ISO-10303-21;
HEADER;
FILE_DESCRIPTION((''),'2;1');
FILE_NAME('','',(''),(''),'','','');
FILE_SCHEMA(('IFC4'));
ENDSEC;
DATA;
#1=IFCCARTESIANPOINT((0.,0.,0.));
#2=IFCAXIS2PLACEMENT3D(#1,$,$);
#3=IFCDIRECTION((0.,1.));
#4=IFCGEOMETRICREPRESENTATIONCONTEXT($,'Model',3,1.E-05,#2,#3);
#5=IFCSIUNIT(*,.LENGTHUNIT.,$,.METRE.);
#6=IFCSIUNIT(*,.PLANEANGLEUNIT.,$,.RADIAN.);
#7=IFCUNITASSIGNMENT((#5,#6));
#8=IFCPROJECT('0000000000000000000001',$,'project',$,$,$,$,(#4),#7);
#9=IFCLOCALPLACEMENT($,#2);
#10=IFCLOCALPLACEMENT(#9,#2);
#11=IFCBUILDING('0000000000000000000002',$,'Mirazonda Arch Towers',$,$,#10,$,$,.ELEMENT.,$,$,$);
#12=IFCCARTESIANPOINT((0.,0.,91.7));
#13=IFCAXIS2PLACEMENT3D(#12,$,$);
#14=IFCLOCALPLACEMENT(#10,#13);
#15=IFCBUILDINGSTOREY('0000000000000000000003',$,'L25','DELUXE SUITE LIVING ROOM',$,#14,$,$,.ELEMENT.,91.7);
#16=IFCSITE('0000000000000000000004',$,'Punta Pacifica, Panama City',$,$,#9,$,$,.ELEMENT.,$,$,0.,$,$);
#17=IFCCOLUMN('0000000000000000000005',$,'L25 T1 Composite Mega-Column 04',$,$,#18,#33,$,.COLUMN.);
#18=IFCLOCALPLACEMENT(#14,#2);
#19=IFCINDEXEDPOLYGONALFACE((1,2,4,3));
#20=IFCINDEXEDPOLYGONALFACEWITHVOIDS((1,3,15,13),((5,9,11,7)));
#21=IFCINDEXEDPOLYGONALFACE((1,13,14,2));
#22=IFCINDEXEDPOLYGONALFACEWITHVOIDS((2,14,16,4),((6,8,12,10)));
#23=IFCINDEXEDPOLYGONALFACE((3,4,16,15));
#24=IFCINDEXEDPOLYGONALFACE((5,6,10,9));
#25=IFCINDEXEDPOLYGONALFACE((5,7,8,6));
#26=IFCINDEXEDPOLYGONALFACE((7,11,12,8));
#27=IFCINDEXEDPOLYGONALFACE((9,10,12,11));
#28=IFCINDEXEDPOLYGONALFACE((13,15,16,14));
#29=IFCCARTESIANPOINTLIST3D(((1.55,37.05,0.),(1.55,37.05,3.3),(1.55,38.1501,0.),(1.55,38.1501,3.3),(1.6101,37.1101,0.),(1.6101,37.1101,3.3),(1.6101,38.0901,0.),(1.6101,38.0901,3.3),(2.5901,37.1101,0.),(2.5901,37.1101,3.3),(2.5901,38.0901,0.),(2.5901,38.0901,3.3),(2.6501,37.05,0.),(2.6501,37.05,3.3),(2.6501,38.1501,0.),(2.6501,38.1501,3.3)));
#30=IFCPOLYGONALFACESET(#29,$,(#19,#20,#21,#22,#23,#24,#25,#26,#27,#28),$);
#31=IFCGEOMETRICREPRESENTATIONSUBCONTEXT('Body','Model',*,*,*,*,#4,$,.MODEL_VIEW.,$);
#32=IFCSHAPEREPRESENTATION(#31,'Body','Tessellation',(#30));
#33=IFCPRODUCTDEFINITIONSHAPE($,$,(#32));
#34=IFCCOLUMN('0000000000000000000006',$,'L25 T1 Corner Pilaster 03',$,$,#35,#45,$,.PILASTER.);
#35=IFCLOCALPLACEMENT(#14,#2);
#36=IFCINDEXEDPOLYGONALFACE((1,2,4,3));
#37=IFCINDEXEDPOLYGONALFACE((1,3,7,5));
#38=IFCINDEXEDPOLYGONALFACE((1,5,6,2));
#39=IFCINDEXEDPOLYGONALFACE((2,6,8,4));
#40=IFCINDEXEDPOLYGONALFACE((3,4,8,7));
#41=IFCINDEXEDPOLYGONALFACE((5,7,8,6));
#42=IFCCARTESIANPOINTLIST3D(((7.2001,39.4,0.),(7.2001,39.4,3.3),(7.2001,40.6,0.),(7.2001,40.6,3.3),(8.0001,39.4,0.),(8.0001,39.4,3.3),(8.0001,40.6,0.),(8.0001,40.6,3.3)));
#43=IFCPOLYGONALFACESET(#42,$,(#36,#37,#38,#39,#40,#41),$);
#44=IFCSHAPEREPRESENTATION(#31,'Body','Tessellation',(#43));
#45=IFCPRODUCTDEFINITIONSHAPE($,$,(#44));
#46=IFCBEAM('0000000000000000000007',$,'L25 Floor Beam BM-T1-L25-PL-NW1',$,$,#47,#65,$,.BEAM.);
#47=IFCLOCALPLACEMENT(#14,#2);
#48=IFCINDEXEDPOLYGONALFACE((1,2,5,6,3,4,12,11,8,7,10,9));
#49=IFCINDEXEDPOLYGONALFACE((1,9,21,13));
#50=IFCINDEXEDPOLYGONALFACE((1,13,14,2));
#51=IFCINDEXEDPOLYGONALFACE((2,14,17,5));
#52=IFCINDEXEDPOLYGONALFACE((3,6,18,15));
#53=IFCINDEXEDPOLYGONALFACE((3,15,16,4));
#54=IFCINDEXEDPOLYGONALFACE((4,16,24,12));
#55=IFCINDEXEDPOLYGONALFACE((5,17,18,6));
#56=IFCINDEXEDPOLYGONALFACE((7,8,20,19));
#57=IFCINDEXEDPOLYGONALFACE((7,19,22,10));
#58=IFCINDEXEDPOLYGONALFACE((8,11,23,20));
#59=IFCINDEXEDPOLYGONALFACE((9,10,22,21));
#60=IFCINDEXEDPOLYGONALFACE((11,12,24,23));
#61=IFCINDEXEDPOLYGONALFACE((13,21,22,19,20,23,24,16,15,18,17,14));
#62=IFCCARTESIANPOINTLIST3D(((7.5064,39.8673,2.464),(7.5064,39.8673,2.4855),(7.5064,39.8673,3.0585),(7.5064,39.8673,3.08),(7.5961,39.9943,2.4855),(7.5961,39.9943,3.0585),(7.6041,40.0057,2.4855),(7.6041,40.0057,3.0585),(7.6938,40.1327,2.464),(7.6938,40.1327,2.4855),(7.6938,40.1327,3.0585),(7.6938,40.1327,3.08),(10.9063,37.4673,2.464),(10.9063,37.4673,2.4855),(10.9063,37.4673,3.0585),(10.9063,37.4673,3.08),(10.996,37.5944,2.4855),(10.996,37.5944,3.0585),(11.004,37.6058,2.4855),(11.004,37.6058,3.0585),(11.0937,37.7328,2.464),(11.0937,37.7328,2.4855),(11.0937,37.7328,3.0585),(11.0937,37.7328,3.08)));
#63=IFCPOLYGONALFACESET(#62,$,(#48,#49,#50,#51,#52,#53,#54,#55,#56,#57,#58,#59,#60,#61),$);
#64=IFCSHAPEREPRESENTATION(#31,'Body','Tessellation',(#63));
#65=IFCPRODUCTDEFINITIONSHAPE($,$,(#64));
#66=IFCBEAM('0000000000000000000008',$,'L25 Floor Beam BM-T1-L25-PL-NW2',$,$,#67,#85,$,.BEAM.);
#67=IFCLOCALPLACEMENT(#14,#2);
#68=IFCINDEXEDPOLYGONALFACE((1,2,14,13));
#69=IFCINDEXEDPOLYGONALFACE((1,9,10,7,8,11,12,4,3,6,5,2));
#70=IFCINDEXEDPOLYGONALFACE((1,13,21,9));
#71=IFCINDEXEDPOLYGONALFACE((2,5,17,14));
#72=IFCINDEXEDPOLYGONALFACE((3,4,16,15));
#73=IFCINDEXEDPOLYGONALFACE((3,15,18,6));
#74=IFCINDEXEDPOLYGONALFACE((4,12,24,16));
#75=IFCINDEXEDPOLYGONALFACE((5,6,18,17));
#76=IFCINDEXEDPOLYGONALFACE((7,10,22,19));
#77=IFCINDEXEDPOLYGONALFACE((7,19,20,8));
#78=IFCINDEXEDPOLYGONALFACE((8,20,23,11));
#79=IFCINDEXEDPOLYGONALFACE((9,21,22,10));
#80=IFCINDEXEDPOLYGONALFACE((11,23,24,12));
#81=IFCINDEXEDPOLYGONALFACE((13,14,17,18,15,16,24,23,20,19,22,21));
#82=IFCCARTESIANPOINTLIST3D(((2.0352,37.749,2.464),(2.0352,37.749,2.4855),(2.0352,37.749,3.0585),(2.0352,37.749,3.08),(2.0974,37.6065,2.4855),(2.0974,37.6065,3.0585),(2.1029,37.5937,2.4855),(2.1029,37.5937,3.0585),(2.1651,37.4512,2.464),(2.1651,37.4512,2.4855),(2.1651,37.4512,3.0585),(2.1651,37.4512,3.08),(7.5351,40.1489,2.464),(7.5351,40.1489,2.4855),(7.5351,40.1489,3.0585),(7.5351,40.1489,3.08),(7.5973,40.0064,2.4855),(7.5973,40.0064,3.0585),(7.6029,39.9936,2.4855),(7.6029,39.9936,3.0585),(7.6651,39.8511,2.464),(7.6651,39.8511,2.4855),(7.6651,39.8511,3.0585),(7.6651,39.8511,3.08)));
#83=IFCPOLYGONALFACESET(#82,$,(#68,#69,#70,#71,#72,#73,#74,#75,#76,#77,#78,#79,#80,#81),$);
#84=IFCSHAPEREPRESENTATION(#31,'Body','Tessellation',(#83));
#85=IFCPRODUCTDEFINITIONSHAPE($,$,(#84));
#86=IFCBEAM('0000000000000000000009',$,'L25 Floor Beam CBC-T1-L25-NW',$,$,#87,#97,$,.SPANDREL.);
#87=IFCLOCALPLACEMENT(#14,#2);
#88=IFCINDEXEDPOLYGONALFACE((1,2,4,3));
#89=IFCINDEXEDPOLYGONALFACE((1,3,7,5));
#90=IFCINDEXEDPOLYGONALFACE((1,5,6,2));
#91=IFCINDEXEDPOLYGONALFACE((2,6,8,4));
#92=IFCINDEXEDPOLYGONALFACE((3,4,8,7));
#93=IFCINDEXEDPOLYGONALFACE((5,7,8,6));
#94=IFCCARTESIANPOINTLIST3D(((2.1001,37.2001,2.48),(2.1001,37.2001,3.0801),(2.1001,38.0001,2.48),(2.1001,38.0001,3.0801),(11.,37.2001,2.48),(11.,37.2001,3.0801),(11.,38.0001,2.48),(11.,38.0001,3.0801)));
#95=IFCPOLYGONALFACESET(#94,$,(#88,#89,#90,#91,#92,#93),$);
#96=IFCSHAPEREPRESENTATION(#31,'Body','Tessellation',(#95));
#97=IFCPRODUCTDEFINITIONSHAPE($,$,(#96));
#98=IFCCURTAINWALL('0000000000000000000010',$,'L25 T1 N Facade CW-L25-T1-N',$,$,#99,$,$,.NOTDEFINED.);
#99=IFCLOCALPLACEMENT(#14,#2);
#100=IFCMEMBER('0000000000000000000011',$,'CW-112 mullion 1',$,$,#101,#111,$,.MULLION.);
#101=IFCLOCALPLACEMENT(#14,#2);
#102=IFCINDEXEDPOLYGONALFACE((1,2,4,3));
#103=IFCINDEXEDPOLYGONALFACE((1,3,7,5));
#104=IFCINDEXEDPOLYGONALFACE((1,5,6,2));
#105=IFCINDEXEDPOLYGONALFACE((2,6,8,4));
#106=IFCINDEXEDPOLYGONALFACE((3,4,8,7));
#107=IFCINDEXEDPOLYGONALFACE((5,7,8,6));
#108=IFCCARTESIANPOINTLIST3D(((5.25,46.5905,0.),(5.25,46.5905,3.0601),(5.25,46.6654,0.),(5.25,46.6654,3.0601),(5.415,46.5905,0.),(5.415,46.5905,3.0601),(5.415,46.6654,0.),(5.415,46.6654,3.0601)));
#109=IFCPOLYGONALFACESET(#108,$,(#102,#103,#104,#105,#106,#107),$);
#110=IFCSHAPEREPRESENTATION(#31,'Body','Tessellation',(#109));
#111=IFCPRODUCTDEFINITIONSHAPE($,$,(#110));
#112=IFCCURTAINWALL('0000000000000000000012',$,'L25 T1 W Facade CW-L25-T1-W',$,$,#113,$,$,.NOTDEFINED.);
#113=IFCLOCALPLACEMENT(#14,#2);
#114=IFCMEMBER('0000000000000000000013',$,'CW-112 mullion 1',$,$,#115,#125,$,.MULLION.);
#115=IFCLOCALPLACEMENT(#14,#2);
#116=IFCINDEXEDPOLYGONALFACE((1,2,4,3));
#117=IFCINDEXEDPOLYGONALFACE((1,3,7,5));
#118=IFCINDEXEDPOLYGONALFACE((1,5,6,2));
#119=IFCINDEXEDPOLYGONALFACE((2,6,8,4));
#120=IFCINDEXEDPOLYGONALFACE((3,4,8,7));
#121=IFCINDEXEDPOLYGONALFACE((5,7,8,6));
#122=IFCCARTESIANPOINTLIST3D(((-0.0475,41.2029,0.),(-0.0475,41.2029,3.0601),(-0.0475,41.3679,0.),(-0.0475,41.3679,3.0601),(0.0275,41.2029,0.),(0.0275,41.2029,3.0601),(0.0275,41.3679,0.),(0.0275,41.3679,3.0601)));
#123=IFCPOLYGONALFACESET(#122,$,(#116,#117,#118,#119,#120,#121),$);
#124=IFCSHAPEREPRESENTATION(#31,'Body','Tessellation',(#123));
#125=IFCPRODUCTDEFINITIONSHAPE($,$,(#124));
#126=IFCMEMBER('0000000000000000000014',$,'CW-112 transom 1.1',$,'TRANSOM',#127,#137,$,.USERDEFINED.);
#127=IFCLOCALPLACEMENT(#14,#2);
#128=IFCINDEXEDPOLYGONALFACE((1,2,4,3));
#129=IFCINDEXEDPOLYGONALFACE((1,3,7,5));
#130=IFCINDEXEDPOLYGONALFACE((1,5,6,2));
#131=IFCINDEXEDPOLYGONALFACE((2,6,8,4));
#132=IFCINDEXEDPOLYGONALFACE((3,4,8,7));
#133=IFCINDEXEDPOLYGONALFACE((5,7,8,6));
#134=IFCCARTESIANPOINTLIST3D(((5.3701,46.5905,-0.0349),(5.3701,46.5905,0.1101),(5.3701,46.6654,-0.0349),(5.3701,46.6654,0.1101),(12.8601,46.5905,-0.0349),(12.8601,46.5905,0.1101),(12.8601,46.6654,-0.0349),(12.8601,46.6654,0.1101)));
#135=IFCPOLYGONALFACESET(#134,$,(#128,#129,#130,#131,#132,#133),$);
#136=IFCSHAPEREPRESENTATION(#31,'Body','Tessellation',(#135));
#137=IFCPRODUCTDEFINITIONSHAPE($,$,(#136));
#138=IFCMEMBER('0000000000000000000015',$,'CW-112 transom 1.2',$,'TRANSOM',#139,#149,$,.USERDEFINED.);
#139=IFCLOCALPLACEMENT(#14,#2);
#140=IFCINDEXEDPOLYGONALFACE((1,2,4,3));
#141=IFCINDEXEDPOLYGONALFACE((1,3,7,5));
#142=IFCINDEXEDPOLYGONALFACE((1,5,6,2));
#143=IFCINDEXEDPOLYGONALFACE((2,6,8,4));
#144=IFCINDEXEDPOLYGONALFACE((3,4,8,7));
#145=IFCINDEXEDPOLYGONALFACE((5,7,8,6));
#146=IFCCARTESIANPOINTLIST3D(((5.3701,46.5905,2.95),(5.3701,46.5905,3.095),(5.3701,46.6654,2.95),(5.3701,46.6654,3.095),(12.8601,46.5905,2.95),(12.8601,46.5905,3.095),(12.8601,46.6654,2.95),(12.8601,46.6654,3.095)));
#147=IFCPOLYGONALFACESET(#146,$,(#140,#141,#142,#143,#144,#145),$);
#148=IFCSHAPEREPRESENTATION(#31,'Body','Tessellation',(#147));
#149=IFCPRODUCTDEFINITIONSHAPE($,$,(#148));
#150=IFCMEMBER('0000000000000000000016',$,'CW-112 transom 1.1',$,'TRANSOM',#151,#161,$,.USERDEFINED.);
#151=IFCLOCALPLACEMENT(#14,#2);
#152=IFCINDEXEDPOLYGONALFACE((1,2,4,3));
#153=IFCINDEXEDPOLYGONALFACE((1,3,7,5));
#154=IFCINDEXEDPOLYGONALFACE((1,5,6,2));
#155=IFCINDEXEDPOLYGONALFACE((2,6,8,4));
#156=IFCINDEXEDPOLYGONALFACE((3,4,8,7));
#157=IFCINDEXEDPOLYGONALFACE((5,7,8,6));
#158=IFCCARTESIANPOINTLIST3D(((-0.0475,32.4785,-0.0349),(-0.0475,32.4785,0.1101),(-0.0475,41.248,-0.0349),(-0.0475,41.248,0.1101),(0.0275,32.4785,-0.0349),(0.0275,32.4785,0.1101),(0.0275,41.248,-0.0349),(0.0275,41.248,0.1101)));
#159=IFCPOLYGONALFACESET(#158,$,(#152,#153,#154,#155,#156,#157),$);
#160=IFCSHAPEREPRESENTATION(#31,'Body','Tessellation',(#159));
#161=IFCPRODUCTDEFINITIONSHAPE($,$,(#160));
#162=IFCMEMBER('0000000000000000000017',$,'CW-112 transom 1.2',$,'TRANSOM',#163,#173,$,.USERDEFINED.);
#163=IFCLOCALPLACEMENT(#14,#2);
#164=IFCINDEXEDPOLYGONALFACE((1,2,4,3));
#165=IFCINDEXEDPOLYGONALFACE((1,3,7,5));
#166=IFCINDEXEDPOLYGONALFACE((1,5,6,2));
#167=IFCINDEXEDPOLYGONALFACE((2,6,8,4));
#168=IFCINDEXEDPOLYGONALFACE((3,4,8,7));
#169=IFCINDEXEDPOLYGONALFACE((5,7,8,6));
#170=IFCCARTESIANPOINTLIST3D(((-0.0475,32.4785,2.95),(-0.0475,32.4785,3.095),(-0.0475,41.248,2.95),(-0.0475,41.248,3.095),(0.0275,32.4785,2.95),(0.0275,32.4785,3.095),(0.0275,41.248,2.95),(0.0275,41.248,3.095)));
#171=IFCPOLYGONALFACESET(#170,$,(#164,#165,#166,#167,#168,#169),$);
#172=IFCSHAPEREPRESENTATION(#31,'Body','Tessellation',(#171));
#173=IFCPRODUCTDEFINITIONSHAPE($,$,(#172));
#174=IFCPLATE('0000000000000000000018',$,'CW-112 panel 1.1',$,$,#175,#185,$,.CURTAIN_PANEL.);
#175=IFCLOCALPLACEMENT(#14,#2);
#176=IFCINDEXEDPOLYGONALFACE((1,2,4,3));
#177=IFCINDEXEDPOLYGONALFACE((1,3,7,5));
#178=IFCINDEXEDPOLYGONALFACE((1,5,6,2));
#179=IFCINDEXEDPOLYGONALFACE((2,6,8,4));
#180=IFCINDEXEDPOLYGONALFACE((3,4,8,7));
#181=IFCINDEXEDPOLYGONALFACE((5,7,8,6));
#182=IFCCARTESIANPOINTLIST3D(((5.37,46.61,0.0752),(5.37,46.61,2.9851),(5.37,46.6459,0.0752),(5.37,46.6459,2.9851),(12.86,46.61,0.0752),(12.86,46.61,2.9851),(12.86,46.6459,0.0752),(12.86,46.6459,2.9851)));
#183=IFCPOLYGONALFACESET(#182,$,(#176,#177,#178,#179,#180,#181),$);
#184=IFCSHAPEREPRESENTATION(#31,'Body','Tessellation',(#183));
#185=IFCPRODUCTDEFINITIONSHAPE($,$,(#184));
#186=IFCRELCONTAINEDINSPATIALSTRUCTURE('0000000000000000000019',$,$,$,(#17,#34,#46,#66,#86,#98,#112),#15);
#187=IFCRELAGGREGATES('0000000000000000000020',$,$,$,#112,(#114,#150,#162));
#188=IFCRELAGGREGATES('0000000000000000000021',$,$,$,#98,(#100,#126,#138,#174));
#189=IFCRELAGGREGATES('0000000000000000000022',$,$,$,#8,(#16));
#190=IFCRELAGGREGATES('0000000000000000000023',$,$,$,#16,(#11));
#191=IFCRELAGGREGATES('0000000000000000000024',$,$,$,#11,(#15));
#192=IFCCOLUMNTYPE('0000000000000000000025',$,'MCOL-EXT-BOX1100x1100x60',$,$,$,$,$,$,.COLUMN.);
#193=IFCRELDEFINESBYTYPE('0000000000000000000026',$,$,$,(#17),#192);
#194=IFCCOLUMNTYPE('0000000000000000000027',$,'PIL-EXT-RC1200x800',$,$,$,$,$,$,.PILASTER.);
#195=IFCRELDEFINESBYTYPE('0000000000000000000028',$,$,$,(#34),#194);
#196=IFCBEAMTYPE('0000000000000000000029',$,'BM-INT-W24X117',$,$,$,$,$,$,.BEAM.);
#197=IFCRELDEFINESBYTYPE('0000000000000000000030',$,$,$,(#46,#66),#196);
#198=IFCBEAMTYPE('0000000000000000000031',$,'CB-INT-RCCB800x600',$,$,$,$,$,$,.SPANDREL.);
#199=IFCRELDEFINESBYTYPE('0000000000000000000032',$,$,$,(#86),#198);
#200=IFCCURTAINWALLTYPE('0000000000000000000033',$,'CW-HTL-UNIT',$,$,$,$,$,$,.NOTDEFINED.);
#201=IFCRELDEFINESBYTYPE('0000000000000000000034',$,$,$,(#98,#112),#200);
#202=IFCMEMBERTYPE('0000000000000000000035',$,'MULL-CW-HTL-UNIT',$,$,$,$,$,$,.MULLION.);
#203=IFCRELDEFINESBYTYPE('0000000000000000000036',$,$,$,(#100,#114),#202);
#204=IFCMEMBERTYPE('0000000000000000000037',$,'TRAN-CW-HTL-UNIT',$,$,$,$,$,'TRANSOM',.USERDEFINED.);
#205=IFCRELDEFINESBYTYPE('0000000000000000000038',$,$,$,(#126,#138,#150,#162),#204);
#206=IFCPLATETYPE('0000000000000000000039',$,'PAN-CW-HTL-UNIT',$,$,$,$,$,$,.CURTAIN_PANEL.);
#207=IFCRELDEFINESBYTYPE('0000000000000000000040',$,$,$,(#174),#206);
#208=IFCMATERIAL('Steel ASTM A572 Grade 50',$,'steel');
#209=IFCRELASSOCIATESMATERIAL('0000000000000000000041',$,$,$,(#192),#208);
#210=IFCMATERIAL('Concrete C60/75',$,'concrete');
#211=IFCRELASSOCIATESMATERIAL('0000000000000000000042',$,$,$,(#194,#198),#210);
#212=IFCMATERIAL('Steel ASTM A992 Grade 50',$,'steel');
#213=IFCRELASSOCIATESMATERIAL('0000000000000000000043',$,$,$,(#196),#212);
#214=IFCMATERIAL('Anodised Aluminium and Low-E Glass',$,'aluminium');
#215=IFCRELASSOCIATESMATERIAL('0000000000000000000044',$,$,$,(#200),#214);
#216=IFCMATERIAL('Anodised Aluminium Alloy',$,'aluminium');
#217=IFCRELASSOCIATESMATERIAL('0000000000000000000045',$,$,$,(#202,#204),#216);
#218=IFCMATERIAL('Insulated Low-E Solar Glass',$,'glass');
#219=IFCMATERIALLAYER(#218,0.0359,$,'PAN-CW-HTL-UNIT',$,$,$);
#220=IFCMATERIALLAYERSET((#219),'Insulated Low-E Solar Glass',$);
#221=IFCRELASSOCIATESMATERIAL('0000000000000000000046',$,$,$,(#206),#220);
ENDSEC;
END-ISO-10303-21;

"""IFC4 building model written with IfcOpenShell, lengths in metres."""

from ifc_helpers import new_model, si_unit, direction, frame, origin, origin_2d, place, context, subcontext, project, spatial, rectangle, hollow_rectangle, i_section, extrude, material, layer, layer_set, material_profile, profile_set, type_object, element, aggregate, save


model = new_model("IFC4")

# Units and contexts
model_context = context("Model", 3, precision=1e-05, world=origin(), true_north=direction((0.0, 1.0)))
body_context = subcontext(model_context, "Body", "Model", "MODEL_VIEW")
ifc_project = project(units=[si_unit("LENGTHUNIT", "METRE"), si_unit("PLANEANGLEUNIT", "RADIAN")], contexts=[model_context])

# Site, building, storey
site_placement = place(None, origin())
site = spatial("IfcSite", under=ifc_project, at=site_placement, Name="Punta Pacifica, Panama City", CompositionType="ELEMENT", RefElevation=0.0)
building_placement = place(site_placement, origin())
building = spatial("IfcBuilding", under=site, at=building_placement, Name="Mirazonda Arch Towers", CompositionType="ELEMENT")
storey_placement = place(building_placement, frame((0.0, 0.0, 91.7)))
storey = spatial("IfcBuildingStorey", under=building, at=storey_placement, Name="L25", Description="DELUXE SUITE LIVING ROOM", CompositionType="ELEMENT", Elevation=91.7)

# Columns
ifc_material_1 = material(Name="Steel ASTM A572 Grade 50", Category="steel")
ifc_material_profile_1 = material_profile(ifc_material_1, hollow_rectangle(XDim=1.1001, YDim=1.1001, WallThickness=0.0601, at=origin_2d()), Name="BOX1100x1100x60")
ifc_profile_set_1 = profile_set([ifc_material_profile_1], Name="Steel ASTM A572 Grade 50")
column_type_1 = type_object("IfcColumnType", Name="MCOL-EXT-BOX1100x1100x60", PredefinedType="COLUMN", material=ifc_profile_set_1)
column_1_placement = place(storey_placement, frame((2.1001, 37.6001, 0.0), z_axis=(0.0, 0.0, 1.0), x_axis=(1.0, 0.0, 0.0)))
element("IfcColumn", 1, at=column_1_placement, inside=storey, type_object=column_type_1, Name="L25 T1 Composite Mega-Column 04", PredefinedType="COLUMN", context=body_context, shape_type="SweptSolid", body=[
    extrude(hollow_rectangle(XDim=1.1001, YDim=1.1001, WallThickness=0.0601, at=origin_2d()), origin(), (0.0, 0.0, 1.0), 3.3),
])
ifc_material_2 = material(Name="Concrete C60/75", Category="concrete")
ifc_material_profile_2 = material_profile(ifc_material_2, rectangle(XDim=0.8, YDim=1.2, at=origin_2d()), Name="RC1200x800")
ifc_profile_set_2 = profile_set([ifc_material_profile_2], Name="Concrete C60/75")
column_type_2 = type_object("IfcColumnType", Name="PIL-EXT-RC1200x800", PredefinedType="PILASTER", material=ifc_profile_set_2)
column_2_placement = place(storey_placement, frame((7.6001, 40.0, 0.0), z_axis=(0.0, 0.0, 1.0), x_axis=(1.0, 0.0, 0.0)))
element("IfcColumn", 2, at=column_2_placement, inside=storey, type_object=column_type_2, Name="L25 T1 Corner Pilaster 03", PredefinedType="PILASTER", context=body_context, shape_type="SweptSolid", body=[
    extrude(rectangle(XDim=0.8, YDim=1.2, at=origin_2d()), origin(), (0.0, 0.0, 1.0), 3.3),
])

# Beams
ifc_material_3 = material(Name="Steel ASTM A992 Grade 50", Category="steel")
ifc_material_profile_3 = material_profile(ifc_material_3, i_section(OverallWidth=0.325, OverallDepth=0.616, WebThickness=0.0139, FlangeThickness=0.0215, at=origin_2d()), Name="W24X117")
ifc_profile_set_3 = profile_set([ifc_material_profile_3], Name="Steel ASTM A992 Grade 50")
beam_type_1 = type_object("IfcBeamType", Name="BM-INT-W24X117", PredefinedType="BEAM", material=ifc_profile_set_3)
beam_1_placement = place(storey_placement, frame((7.6001, 40.0, 2.772), z_axis=(0.816971, -0.576679, 0.0), x_axis=(0.576679, 0.816971, 0.0)))
element("IfcBeam", 3, at=beam_1_placement, inside=storey, type_object=beam_type_1, Name="L25 Floor Beam BM-T1-L25-PL-NW1", PredefinedType="BEAM", context=body_context, shape_type="SweptSolid", body=[
    extrude(i_section(OverallWidth=0.325, OverallDepth=0.616, WebThickness=0.0139, FlangeThickness=0.0215, at=origin_2d()), origin(), (0.0, 0.0, 1.0), 4.1616),
])
beam_2_placement = place(storey_placement, frame((7.6001, 40.0, 2.772), z_axis=(-0.916545, -0.399931, 0.0), x_axis=(0.399931, -0.916545, 0.0)))
element("IfcBeam", 4, at=beam_2_placement, inside=storey, type_object=beam_type_1, Name="L25 Floor Beam BM-T1-L25-PL-NW2", PredefinedType="BEAM", context=body_context, shape_type="SweptSolid", body=[
    extrude(i_section(OverallWidth=0.325, OverallDepth=0.616, WebThickness=0.0139, FlangeThickness=0.0215, at=origin_2d()), origin(), (0.0, 0.0, 1.0), 6.0007),
])
ifc_material_profile_4 = material_profile(ifc_material_2, rectangle(XDim=0.8, YDim=0.6001, at=origin_2d()), Name="RCCB800x600")
ifc_profile_set_4 = profile_set([ifc_material_profile_4], Name="Concrete C60/75")
beam_type_2 = type_object("IfcBeamType", Name="CB-INT-RCCB800x600", PredefinedType="SPANDREL", material=ifc_profile_set_4)
beam_3_placement = place(storey_placement, frame((2.1001, 37.6001, 2.78), z_axis=(1.0, 0.0, 0.0), x_axis=(0.0, 1.0, 0.0)))
element("IfcBeam", 5, at=beam_3_placement, inside=storey, type_object=beam_type_2, Name="L25 Floor Beam CBC-T1-L25-NW", PredefinedType="SPANDREL", context=body_context, shape_type="SweptSolid", body=[
    extrude(rectangle(XDim=0.8, YDim=0.6001, at=origin_2d()), origin(), (0.0, 0.0, 1.0), 8.8999),
])

# Curtain walls, members
ifc_material_4 = material(Name="Anodised Aluminium and Low-E Glass", Category="aluminium")
curtain_wall_type = type_object("IfcCurtainWallType", Name="CW-HTL-UNIT", PredefinedType="NOTDEFINED", material=ifc_material_4)
curtain_wall_1_placement = place(storey_placement, origin())
curtain_wall_1 = element("IfcCurtainWall", 6, at=curtain_wall_1_placement, inside=storey, type_object=curtain_wall_type, Name="L25 T1 N Facade CW-L25-T1-N", PredefinedType="NOTDEFINED")
ifc_material_5 = material(Name="Anodised Aluminium Alloy", Category="aluminium")
ifc_material_profile_5 = material_profile(ifc_material_5, rectangle(XDim=0.075, YDim=0.165, at=origin_2d()), Name="ALU-MULL-75x165")
ifc_profile_set_5 = profile_set([ifc_material_profile_5], Name="Anodised Aluminium Alloy")
member_type_1 = type_object("IfcMemberType", Name="MULL-CW-HTL-UNIT", PredefinedType="MULLION", material=ifc_profile_set_5)
member_1_placement = place(storey_placement, frame((5.3325, 46.6279, 0.0), z_axis=(0.0, 0.0, 1.0), x_axis=(0.0, 1.0, 0.0)))
member_1 = element("IfcMember", 7, at=member_1_placement, type_object=member_type_1, Name="CW-112 mullion 1", PredefinedType="MULLION", context=body_context, shape_type="SweptSolid", body=[
    extrude(rectangle(XDim=0.075, YDim=0.165, at=origin_2d()), origin(), (0.0, 0.0, 1.0), 3.0601),
])
curtain_wall_2_placement = place(storey_placement, origin())
curtain_wall_2 = element("IfcCurtainWall", 8, at=curtain_wall_2_placement, inside=storey, type_object=curtain_wall_type, Name="L25 T1 W Facade CW-L25-T1-W", PredefinedType="NOTDEFINED")
member_2_placement = place(storey_placement, frame((-0.01, 41.2854, 0.0), z_axis=(0.0, 0.0, 1.0), x_axis=(1.0, 0.0, 0.0)))
member_2 = element("IfcMember", 9, at=member_2_placement, type_object=member_type_1, Name="CW-112 mullion 1", PredefinedType="MULLION", context=body_context, shape_type="SweptSolid", body=[
    extrude(rectangle(XDim=0.075, YDim=0.165, at=origin_2d()), origin(), (0.0, 0.0, 1.0), 3.0601),
])

# Members
ifc_material_profile_6 = material_profile(ifc_material_5, rectangle(XDim=0.075, YDim=0.145, at=origin_2d()), Name="ALU-TRAN-75x145")
ifc_profile_set_6 = profile_set([ifc_material_profile_6], Name="Anodised Aluminium Alloy")
member_type_2 = type_object("IfcMemberType", Name="TRAN-CW-HTL-UNIT", ElementType="TRANSOM", PredefinedType="USERDEFINED", material=ifc_profile_set_6)
member_3_placement = place(storey_placement, frame((5.3701, 46.6279, 0.0376), z_axis=(1.0, 0.0, 0.0), x_axis=(0.0, 1.0, 0.0)))
member_3 = element("IfcMember", 10, at=member_3_placement, type_object=member_type_2, Name="CW-112 transom 1.1", ObjectType="TRANSOM", PredefinedType="USERDEFINED", context=body_context, shape_type="SweptSolid", body=[
    extrude(rectangle(XDim=0.075, YDim=0.145, at=origin_2d()), origin(), (0.0, 0.0, 1.0), 7.49),
])
member_4_placement = place(storey_placement, frame((5.3701, 46.6279, 3.0225), z_axis=(1.0, 0.0, 0.0), x_axis=(0.0, 1.0, 0.0)))
member_4 = element("IfcMember", 11, at=member_4_placement, type_object=member_type_2, Name="CW-112 transom 1.2", ObjectType="TRANSOM", PredefinedType="USERDEFINED", context=body_context, shape_type="SweptSolid", body=[
    extrude(rectangle(XDim=0.075, YDim=0.145, at=origin_2d()), origin(), (0.0, 0.0, 1.0), 7.49),
])
member_5_placement = place(storey_placement, frame((-0.01, 41.248, 0.0376), z_axis=(0.0, -1.0, 0.0), x_axis=(1.0, 0.0, 0.0)))
member_5 = element("IfcMember", 12, at=member_5_placement, type_object=member_type_2, Name="CW-112 transom 1.1", ObjectType="TRANSOM", PredefinedType="USERDEFINED", context=body_context, shape_type="SweptSolid", body=[
    extrude(rectangle(XDim=0.075, YDim=0.145, at=origin_2d()), origin(), (0.0, 0.0, 1.0), 8.7695),
])
member_6_placement = place(storey_placement, frame((-0.01, 41.248, 3.0225), z_axis=(0.0, -1.0, 0.0), x_axis=(1.0, 0.0, 0.0)))
member_6 = element("IfcMember", 13, at=member_6_placement, type_object=member_type_2, Name="CW-112 transom 1.2", ObjectType="TRANSOM", PredefinedType="USERDEFINED", context=body_context, shape_type="SweptSolid", body=[
    extrude(rectangle(XDim=0.075, YDim=0.145, at=origin_2d()), origin(), (0.0, 0.0, 1.0), 8.7695),
])
aggregate(curtain_wall_2, [member_2, member_5, member_6])

# Plate
ifc_material_6 = material(Name="Insulated Low-E Solar Glass", Category="glass")
ifc_layer_1 = layer(ifc_material_6, 0.0359, Name="PAN-CW-HTL-UNIT")
ifc_layer_set_1 = layer_set([ifc_layer_1], Name="Insulated Low-E Solar Glass")
plate_type = type_object("IfcPlateType", Name="PAN-CW-HTL-UNIT", PredefinedType="CURTAIN_PANEL", material=ifc_layer_set_1)
plate_placement = place(storey_placement, frame((9.115, 46.6279, 0.0752), z_axis=(0.0, 0.0, 1.0), x_axis=(1.0, 0.0, 0.0)))
plate = element("IfcPlate", 14, at=plate_placement, type_object=plate_type, Name="CW-112 panel 1.1", PredefinedType="CURTAIN_PANEL", context=body_context, shape_type="SweptSolid", body=[
    extrude(rectangle(XDim=7.49, YDim=0.0359, at=origin_2d()), origin(), (0.0, 0.0, 1.0), 2.9099),
])
aggregate(curtain_wall_1, [member_1, member_3, member_4, plate])

save(model, "model.ifc")
